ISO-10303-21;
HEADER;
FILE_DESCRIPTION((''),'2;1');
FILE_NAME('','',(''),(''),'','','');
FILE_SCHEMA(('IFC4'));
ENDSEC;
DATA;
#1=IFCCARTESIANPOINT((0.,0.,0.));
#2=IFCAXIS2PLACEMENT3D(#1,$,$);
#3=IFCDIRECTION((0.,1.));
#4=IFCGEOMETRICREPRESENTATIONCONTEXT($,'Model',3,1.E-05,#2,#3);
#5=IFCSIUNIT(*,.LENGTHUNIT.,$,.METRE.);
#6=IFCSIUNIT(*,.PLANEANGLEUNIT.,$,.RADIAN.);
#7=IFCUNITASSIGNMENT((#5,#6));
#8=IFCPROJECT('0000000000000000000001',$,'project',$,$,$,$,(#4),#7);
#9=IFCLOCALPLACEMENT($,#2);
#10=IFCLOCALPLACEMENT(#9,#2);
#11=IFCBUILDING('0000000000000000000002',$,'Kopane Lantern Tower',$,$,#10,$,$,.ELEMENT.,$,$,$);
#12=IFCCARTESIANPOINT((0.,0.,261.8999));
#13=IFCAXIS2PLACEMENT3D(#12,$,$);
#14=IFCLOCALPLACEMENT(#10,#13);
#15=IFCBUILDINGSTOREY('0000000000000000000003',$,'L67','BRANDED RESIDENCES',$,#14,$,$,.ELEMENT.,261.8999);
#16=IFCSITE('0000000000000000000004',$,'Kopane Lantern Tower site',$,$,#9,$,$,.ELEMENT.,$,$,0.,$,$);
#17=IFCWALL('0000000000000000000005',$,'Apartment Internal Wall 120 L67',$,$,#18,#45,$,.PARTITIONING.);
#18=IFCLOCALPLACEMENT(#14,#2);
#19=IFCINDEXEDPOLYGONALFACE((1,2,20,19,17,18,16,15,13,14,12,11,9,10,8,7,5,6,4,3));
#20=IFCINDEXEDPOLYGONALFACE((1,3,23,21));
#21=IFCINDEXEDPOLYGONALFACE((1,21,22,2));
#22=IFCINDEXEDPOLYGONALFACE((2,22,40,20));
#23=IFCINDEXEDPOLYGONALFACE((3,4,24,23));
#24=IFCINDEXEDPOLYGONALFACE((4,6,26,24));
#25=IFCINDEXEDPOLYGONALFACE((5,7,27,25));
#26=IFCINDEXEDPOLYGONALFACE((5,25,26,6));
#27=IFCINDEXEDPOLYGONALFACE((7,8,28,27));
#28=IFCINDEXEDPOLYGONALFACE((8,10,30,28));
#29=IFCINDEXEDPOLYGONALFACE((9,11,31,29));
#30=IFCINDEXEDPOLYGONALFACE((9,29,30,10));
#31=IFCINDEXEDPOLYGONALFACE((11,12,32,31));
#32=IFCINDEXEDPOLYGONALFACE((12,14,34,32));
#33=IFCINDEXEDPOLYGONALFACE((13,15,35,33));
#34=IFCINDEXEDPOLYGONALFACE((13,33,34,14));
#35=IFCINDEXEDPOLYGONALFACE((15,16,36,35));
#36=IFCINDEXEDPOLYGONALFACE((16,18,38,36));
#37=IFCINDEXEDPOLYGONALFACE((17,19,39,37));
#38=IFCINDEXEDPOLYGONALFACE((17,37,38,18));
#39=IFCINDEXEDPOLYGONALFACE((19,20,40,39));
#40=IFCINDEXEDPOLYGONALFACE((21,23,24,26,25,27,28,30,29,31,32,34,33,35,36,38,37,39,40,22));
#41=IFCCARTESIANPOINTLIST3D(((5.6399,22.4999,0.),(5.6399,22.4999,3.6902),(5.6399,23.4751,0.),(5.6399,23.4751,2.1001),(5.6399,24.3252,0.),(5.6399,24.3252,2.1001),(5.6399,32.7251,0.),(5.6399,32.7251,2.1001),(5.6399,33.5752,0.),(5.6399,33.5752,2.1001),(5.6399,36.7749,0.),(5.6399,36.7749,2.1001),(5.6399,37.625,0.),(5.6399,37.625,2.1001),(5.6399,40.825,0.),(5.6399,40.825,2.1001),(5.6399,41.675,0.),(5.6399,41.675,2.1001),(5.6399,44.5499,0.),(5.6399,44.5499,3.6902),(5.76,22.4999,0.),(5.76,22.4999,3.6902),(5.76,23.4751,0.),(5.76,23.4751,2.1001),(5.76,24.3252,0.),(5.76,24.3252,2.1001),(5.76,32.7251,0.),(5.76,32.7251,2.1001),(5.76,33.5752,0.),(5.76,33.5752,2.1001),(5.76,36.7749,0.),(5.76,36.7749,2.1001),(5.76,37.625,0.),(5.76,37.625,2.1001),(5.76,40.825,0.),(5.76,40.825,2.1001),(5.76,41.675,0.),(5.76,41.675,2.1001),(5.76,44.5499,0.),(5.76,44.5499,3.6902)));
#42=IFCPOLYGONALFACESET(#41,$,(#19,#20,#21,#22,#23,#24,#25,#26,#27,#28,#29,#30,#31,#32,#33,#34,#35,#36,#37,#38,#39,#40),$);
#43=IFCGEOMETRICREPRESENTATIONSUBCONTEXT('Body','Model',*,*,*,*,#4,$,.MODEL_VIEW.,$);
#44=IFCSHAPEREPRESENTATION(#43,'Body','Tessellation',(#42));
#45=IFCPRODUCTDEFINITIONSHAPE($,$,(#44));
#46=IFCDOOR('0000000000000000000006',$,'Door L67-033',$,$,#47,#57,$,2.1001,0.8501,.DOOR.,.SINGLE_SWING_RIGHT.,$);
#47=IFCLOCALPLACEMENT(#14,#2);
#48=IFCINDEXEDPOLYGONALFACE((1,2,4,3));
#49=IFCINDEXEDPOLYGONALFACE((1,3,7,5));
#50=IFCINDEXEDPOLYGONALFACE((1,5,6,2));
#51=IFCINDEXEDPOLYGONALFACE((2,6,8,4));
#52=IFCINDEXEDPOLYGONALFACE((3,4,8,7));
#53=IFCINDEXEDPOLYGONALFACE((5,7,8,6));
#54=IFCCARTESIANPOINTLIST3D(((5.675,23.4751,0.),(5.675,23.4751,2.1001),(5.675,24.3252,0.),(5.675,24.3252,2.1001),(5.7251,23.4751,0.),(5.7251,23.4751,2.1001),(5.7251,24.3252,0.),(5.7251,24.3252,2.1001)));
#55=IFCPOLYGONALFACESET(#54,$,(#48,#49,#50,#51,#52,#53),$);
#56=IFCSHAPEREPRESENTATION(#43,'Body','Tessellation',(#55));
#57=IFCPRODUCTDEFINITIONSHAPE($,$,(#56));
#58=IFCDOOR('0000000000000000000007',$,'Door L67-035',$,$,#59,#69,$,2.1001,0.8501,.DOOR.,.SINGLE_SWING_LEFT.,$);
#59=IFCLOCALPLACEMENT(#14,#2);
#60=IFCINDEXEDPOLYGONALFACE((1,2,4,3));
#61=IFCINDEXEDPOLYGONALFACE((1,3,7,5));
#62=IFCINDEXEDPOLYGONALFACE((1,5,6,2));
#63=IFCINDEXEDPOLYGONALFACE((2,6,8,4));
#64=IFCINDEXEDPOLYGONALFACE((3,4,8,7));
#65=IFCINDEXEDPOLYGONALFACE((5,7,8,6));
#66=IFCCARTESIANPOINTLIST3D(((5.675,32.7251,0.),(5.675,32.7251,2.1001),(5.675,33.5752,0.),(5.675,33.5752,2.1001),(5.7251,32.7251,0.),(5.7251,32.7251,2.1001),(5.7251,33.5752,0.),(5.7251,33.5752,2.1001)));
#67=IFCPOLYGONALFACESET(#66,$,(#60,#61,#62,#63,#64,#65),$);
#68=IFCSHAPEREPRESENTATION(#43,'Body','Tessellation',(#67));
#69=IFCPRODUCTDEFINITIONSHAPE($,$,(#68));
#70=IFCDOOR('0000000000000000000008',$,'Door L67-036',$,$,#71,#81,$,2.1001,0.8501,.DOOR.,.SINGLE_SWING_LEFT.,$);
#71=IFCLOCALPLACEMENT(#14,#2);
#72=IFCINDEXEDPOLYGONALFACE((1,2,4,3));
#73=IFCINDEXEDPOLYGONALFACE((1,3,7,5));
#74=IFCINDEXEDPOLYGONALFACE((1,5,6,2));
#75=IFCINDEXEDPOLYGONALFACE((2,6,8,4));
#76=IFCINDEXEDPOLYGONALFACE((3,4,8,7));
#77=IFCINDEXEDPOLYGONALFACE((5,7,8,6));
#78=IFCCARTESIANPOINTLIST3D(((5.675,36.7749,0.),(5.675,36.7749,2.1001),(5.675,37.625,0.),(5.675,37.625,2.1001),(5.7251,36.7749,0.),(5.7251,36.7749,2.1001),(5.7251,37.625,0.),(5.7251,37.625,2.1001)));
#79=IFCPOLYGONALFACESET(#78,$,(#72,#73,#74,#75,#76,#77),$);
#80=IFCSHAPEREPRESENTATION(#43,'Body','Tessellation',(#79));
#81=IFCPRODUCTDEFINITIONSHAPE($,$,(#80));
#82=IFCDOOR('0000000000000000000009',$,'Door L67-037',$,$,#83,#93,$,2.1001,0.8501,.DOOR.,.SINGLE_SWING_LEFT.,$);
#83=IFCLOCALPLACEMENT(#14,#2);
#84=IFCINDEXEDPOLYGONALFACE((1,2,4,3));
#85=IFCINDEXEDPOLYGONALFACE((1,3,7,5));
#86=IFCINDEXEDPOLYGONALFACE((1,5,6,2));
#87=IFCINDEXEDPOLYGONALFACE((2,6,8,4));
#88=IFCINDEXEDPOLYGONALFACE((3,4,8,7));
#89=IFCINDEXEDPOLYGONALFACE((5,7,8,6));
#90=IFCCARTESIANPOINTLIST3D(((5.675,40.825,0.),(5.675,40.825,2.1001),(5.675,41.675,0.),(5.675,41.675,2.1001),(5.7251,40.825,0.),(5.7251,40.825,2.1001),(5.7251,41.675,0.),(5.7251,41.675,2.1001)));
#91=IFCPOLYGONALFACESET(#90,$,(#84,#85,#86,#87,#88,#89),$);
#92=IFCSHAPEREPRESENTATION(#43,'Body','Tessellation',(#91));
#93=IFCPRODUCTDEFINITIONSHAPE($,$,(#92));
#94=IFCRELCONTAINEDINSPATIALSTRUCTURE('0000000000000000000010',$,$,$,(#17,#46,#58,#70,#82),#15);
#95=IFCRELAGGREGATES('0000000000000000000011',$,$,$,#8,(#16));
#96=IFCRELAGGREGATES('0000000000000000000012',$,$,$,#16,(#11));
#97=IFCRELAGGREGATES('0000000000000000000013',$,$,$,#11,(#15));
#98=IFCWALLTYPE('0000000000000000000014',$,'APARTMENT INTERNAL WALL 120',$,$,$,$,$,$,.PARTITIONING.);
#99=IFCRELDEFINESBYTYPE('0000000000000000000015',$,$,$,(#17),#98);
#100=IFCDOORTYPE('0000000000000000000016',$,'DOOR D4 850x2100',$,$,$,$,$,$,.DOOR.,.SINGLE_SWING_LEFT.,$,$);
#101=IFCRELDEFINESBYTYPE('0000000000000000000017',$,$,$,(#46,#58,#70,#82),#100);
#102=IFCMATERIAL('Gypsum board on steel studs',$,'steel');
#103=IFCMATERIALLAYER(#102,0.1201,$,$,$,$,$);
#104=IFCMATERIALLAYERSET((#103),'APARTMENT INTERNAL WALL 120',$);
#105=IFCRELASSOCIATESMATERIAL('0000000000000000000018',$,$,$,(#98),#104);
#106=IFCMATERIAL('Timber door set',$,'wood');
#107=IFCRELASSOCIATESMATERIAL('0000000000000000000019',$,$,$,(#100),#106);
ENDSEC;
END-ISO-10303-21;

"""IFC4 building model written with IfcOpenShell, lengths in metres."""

from ifc_helpers import new_model, si_unit, direction, frame, frame_2d, origin, place, context, subcontext, project, spatial, rectangle, extrude, material, layer, layer_set, type_object, element, fill, save


model = new_model("IFC4")

# Units and contexts
model_context = context("Model", 3, precision=1e-05, world=origin(), true_north=direction((0.0, 1.0)))
body_context = subcontext(model_context, "Body", "Model", "MODEL_VIEW")
ifc_project = project(units=[si_unit("LENGTHUNIT", "METRE"), si_unit("PLANEANGLEUNIT", "RADIAN")], contexts=[model_context])

# Site, building, storey
site_placement = place(None, origin())
site = spatial("IfcSite", under=ifc_project, at=site_placement, Name="Kopane Lantern Tower site", CompositionType="ELEMENT", RefElevation=0.0)
building_placement = place(site_placement, origin())
building = spatial("IfcBuilding", under=site, at=building_placement, Name="Kopane Lantern Tower", CompositionType="ELEMENT")
storey_placement = place(building_placement, frame((0.0, 0.0, 261.8999)))
storey = spatial("IfcBuildingStorey", under=building, at=storey_placement, Name="L67", Description="BRANDED RESIDENCES", CompositionType="ELEMENT", Elevation=261.8999)

# Wall, openings, doors
ifc_material_1 = material(Name="Gypsum board on steel studs", Category="steel")
ifc_layer_1 = layer(ifc_material_1, 0.1201)
ifc_layer_set_1 = layer_set([ifc_layer_1], Name="APARTMENT INTERNAL WALL 120")
wall_type_1 = type_object("IfcWallType", Name="APARTMENT INTERNAL WALL 120", PredefinedType="PARTITIONING", material=ifc_layer_set_1)
wall_1_placement = place(storey_placement, frame((5.7, 22.5, 0.0), z_axis=(0.0, 0.0, 1.0), x_axis=(0.0, 1.0, 0.0)))
wall_1 = element("IfcWall", 1, at=wall_1_placement, inside=storey, type_object=wall_type_1, Name="Apartment Internal Wall 120 L67", PredefinedType="PARTITIONING", context=body_context, shape_type="SweptSolid", body=[
    extrude(rectangle(XDim=22.05, YDim=0.1201, at=frame_2d((11.0249, 0.0))), origin(), (0.0, 0.0, 1.0), 3.6902),
])
opening_1_placement = place(wall_1_placement, frame((0.9751, 0.0, 0.0)))
opening_1 = element("IfcOpeningElement", 2, at=opening_1_placement, cuts=wall_1, PredefinedType="OPENING", context=body_context, shape_type="SweptSolid", body=[
    extrude(rectangle(XDim=0.8501, YDim=2.1001, at=frame_2d((0.425, 1.05))), frame((0.0, 0.0701, 0.0), z_axis=(0.0, -1.0, 0.0), x_axis=(1.0, 0.0, 0.0)), (0.0, 0.0, 1.0), 0.1401),
])
opening_2_placement = place(wall_1_placement, frame((10.2251, 0.0, 0.0)))
opening_2 = element("IfcOpeningElement", 3, at=opening_2_placement, cuts=wall_1, PredefinedType="OPENING", context=body_context, shape_type="SweptSolid", body=[
    extrude(rectangle(XDim=0.8501, YDim=2.1001, at=frame_2d((0.425, 1.05))), frame((0.0, 0.0701, 0.0), z_axis=(0.0, -1.0, 0.0), x_axis=(1.0, 0.0, 0.0)), (0.0, 0.0, 1.0), 0.1401),
])
opening_3_placement = place(wall_1_placement, frame((14.2749, 0.0, 0.0)))
opening_3 = element("IfcOpeningElement", 4, at=opening_3_placement, cuts=wall_1, PredefinedType="OPENING", context=body_context, shape_type="SweptSolid", body=[
    extrude(rectangle(XDim=0.8501, YDim=2.1001, at=frame_2d((0.425, 1.05))), frame((0.0, 0.0701, 0.0), z_axis=(0.0, -1.0, 0.0), x_axis=(1.0, 0.0, 0.0)), (0.0, 0.0, 1.0), 0.1401),
])
opening_4_placement = place(wall_1_placement, frame((18.325, 0.0, 0.0)))
opening_4 = element("IfcOpeningElement", 5, at=opening_4_placement, cuts=wall_1, PredefinedType="OPENING", context=body_context, shape_type="SweptSolid", body=[
    extrude(rectangle(XDim=0.8501, YDim=2.1001, at=frame_2d((0.425, 1.05))), frame((0.0, 0.0701, 0.0), z_axis=(0.0, -1.0, 0.0), x_axis=(1.0, 0.0, 0.0)), (0.0, 0.0, 1.0), 0.1401),
])
ifc_material_2 = material(Name="Timber door set", Category="wood")
door_type_1 = type_object("IfcDoorType", Name="DOOR D4 850x2100", OperationType="SINGLE_SWING_LEFT", PredefinedType="DOOR", material=ifc_material_2)
door_1_placement = place(opening_1_placement, origin())
door_1 = element("IfcDoor", 6, at=door_1_placement, inside=storey, type_object=door_type_1, Name="Door L67-033", OperationType="SINGLE_SWING_RIGHT", OverallHeight=2.1001, OverallWidth=0.8501, PredefinedType="DOOR", context=body_context, shape_type="SweptSolid", body=[
    extrude(rectangle(XDim=0.8501, YDim=2.1001, at=frame_2d((0.425, 1.05))), frame((0.0, 0.0249, 0.0), z_axis=(0.0, -1.0, 0.0), x_axis=(1.0, 0.0, 0.0)), (0.0, 0.0, 1.0), 0.05),
])
fill(opening_1, door_1)
door_2_placement = place(opening_2_placement, origin())
door_2 = element("IfcDoor", 7, at=door_2_placement, inside=storey, type_object=door_type_1, Name="Door L67-035", OperationType="SINGLE_SWING_LEFT", OverallHeight=2.1001, OverallWidth=0.8501, PredefinedType="DOOR", context=body_context, shape_type="SweptSolid", body=[
    extrude(rectangle(XDim=0.8501, YDim=2.1001, at=frame_2d((0.425, 1.05))), frame((0.0, 0.0249, 0.0), z_axis=(0.0, -1.0, 0.0), x_axis=(1.0, 0.0, 0.0)), (0.0, 0.0, 1.0), 0.05),
])
fill(opening_2, door_2)
door_3_placement = place(opening_3_placement, origin())
door_3 = element("IfcDoor", 8, at=door_3_placement, inside=storey, type_object=door_type_1, Name="Door L67-036", OperationType="SINGLE_SWING_LEFT", OverallHeight=2.1001, OverallWidth=0.8501, PredefinedType="DOOR", context=body_context, shape_type="SweptSolid", body=[
    extrude(rectangle(XDim=0.8501, YDim=2.1001, at=frame_2d((0.425, 1.05))), frame((0.0, 0.0249, 0.0), z_axis=(0.0, -1.0, 0.0), x_axis=(1.0, 0.0, 0.0)), (0.0, 0.0, 1.0), 0.05),
])
fill(opening_3, door_3)
door_4_placement = place(opening_4_placement, origin())
door_4 = element("IfcDoor", 9, at=door_4_placement, inside=storey, type_object=door_type_1, Name="Door L67-037", OperationType="SINGLE_SWING_LEFT", OverallHeight=2.1001, OverallWidth=0.8501, PredefinedType="DOOR", context=body_context, shape_type="SweptSolid", body=[
    extrude(rectangle(XDim=0.8501, YDim=2.1001, at=frame_2d((0.425, 1.05))), frame((0.0, 0.0249, 0.0), z_axis=(0.0, -1.0, 0.0), x_axis=(1.0, 0.0, 0.0)), (0.0, 0.0, 1.0), 0.05),
])
fill(opening_4, door_4)

save(model, "model.ifc")
